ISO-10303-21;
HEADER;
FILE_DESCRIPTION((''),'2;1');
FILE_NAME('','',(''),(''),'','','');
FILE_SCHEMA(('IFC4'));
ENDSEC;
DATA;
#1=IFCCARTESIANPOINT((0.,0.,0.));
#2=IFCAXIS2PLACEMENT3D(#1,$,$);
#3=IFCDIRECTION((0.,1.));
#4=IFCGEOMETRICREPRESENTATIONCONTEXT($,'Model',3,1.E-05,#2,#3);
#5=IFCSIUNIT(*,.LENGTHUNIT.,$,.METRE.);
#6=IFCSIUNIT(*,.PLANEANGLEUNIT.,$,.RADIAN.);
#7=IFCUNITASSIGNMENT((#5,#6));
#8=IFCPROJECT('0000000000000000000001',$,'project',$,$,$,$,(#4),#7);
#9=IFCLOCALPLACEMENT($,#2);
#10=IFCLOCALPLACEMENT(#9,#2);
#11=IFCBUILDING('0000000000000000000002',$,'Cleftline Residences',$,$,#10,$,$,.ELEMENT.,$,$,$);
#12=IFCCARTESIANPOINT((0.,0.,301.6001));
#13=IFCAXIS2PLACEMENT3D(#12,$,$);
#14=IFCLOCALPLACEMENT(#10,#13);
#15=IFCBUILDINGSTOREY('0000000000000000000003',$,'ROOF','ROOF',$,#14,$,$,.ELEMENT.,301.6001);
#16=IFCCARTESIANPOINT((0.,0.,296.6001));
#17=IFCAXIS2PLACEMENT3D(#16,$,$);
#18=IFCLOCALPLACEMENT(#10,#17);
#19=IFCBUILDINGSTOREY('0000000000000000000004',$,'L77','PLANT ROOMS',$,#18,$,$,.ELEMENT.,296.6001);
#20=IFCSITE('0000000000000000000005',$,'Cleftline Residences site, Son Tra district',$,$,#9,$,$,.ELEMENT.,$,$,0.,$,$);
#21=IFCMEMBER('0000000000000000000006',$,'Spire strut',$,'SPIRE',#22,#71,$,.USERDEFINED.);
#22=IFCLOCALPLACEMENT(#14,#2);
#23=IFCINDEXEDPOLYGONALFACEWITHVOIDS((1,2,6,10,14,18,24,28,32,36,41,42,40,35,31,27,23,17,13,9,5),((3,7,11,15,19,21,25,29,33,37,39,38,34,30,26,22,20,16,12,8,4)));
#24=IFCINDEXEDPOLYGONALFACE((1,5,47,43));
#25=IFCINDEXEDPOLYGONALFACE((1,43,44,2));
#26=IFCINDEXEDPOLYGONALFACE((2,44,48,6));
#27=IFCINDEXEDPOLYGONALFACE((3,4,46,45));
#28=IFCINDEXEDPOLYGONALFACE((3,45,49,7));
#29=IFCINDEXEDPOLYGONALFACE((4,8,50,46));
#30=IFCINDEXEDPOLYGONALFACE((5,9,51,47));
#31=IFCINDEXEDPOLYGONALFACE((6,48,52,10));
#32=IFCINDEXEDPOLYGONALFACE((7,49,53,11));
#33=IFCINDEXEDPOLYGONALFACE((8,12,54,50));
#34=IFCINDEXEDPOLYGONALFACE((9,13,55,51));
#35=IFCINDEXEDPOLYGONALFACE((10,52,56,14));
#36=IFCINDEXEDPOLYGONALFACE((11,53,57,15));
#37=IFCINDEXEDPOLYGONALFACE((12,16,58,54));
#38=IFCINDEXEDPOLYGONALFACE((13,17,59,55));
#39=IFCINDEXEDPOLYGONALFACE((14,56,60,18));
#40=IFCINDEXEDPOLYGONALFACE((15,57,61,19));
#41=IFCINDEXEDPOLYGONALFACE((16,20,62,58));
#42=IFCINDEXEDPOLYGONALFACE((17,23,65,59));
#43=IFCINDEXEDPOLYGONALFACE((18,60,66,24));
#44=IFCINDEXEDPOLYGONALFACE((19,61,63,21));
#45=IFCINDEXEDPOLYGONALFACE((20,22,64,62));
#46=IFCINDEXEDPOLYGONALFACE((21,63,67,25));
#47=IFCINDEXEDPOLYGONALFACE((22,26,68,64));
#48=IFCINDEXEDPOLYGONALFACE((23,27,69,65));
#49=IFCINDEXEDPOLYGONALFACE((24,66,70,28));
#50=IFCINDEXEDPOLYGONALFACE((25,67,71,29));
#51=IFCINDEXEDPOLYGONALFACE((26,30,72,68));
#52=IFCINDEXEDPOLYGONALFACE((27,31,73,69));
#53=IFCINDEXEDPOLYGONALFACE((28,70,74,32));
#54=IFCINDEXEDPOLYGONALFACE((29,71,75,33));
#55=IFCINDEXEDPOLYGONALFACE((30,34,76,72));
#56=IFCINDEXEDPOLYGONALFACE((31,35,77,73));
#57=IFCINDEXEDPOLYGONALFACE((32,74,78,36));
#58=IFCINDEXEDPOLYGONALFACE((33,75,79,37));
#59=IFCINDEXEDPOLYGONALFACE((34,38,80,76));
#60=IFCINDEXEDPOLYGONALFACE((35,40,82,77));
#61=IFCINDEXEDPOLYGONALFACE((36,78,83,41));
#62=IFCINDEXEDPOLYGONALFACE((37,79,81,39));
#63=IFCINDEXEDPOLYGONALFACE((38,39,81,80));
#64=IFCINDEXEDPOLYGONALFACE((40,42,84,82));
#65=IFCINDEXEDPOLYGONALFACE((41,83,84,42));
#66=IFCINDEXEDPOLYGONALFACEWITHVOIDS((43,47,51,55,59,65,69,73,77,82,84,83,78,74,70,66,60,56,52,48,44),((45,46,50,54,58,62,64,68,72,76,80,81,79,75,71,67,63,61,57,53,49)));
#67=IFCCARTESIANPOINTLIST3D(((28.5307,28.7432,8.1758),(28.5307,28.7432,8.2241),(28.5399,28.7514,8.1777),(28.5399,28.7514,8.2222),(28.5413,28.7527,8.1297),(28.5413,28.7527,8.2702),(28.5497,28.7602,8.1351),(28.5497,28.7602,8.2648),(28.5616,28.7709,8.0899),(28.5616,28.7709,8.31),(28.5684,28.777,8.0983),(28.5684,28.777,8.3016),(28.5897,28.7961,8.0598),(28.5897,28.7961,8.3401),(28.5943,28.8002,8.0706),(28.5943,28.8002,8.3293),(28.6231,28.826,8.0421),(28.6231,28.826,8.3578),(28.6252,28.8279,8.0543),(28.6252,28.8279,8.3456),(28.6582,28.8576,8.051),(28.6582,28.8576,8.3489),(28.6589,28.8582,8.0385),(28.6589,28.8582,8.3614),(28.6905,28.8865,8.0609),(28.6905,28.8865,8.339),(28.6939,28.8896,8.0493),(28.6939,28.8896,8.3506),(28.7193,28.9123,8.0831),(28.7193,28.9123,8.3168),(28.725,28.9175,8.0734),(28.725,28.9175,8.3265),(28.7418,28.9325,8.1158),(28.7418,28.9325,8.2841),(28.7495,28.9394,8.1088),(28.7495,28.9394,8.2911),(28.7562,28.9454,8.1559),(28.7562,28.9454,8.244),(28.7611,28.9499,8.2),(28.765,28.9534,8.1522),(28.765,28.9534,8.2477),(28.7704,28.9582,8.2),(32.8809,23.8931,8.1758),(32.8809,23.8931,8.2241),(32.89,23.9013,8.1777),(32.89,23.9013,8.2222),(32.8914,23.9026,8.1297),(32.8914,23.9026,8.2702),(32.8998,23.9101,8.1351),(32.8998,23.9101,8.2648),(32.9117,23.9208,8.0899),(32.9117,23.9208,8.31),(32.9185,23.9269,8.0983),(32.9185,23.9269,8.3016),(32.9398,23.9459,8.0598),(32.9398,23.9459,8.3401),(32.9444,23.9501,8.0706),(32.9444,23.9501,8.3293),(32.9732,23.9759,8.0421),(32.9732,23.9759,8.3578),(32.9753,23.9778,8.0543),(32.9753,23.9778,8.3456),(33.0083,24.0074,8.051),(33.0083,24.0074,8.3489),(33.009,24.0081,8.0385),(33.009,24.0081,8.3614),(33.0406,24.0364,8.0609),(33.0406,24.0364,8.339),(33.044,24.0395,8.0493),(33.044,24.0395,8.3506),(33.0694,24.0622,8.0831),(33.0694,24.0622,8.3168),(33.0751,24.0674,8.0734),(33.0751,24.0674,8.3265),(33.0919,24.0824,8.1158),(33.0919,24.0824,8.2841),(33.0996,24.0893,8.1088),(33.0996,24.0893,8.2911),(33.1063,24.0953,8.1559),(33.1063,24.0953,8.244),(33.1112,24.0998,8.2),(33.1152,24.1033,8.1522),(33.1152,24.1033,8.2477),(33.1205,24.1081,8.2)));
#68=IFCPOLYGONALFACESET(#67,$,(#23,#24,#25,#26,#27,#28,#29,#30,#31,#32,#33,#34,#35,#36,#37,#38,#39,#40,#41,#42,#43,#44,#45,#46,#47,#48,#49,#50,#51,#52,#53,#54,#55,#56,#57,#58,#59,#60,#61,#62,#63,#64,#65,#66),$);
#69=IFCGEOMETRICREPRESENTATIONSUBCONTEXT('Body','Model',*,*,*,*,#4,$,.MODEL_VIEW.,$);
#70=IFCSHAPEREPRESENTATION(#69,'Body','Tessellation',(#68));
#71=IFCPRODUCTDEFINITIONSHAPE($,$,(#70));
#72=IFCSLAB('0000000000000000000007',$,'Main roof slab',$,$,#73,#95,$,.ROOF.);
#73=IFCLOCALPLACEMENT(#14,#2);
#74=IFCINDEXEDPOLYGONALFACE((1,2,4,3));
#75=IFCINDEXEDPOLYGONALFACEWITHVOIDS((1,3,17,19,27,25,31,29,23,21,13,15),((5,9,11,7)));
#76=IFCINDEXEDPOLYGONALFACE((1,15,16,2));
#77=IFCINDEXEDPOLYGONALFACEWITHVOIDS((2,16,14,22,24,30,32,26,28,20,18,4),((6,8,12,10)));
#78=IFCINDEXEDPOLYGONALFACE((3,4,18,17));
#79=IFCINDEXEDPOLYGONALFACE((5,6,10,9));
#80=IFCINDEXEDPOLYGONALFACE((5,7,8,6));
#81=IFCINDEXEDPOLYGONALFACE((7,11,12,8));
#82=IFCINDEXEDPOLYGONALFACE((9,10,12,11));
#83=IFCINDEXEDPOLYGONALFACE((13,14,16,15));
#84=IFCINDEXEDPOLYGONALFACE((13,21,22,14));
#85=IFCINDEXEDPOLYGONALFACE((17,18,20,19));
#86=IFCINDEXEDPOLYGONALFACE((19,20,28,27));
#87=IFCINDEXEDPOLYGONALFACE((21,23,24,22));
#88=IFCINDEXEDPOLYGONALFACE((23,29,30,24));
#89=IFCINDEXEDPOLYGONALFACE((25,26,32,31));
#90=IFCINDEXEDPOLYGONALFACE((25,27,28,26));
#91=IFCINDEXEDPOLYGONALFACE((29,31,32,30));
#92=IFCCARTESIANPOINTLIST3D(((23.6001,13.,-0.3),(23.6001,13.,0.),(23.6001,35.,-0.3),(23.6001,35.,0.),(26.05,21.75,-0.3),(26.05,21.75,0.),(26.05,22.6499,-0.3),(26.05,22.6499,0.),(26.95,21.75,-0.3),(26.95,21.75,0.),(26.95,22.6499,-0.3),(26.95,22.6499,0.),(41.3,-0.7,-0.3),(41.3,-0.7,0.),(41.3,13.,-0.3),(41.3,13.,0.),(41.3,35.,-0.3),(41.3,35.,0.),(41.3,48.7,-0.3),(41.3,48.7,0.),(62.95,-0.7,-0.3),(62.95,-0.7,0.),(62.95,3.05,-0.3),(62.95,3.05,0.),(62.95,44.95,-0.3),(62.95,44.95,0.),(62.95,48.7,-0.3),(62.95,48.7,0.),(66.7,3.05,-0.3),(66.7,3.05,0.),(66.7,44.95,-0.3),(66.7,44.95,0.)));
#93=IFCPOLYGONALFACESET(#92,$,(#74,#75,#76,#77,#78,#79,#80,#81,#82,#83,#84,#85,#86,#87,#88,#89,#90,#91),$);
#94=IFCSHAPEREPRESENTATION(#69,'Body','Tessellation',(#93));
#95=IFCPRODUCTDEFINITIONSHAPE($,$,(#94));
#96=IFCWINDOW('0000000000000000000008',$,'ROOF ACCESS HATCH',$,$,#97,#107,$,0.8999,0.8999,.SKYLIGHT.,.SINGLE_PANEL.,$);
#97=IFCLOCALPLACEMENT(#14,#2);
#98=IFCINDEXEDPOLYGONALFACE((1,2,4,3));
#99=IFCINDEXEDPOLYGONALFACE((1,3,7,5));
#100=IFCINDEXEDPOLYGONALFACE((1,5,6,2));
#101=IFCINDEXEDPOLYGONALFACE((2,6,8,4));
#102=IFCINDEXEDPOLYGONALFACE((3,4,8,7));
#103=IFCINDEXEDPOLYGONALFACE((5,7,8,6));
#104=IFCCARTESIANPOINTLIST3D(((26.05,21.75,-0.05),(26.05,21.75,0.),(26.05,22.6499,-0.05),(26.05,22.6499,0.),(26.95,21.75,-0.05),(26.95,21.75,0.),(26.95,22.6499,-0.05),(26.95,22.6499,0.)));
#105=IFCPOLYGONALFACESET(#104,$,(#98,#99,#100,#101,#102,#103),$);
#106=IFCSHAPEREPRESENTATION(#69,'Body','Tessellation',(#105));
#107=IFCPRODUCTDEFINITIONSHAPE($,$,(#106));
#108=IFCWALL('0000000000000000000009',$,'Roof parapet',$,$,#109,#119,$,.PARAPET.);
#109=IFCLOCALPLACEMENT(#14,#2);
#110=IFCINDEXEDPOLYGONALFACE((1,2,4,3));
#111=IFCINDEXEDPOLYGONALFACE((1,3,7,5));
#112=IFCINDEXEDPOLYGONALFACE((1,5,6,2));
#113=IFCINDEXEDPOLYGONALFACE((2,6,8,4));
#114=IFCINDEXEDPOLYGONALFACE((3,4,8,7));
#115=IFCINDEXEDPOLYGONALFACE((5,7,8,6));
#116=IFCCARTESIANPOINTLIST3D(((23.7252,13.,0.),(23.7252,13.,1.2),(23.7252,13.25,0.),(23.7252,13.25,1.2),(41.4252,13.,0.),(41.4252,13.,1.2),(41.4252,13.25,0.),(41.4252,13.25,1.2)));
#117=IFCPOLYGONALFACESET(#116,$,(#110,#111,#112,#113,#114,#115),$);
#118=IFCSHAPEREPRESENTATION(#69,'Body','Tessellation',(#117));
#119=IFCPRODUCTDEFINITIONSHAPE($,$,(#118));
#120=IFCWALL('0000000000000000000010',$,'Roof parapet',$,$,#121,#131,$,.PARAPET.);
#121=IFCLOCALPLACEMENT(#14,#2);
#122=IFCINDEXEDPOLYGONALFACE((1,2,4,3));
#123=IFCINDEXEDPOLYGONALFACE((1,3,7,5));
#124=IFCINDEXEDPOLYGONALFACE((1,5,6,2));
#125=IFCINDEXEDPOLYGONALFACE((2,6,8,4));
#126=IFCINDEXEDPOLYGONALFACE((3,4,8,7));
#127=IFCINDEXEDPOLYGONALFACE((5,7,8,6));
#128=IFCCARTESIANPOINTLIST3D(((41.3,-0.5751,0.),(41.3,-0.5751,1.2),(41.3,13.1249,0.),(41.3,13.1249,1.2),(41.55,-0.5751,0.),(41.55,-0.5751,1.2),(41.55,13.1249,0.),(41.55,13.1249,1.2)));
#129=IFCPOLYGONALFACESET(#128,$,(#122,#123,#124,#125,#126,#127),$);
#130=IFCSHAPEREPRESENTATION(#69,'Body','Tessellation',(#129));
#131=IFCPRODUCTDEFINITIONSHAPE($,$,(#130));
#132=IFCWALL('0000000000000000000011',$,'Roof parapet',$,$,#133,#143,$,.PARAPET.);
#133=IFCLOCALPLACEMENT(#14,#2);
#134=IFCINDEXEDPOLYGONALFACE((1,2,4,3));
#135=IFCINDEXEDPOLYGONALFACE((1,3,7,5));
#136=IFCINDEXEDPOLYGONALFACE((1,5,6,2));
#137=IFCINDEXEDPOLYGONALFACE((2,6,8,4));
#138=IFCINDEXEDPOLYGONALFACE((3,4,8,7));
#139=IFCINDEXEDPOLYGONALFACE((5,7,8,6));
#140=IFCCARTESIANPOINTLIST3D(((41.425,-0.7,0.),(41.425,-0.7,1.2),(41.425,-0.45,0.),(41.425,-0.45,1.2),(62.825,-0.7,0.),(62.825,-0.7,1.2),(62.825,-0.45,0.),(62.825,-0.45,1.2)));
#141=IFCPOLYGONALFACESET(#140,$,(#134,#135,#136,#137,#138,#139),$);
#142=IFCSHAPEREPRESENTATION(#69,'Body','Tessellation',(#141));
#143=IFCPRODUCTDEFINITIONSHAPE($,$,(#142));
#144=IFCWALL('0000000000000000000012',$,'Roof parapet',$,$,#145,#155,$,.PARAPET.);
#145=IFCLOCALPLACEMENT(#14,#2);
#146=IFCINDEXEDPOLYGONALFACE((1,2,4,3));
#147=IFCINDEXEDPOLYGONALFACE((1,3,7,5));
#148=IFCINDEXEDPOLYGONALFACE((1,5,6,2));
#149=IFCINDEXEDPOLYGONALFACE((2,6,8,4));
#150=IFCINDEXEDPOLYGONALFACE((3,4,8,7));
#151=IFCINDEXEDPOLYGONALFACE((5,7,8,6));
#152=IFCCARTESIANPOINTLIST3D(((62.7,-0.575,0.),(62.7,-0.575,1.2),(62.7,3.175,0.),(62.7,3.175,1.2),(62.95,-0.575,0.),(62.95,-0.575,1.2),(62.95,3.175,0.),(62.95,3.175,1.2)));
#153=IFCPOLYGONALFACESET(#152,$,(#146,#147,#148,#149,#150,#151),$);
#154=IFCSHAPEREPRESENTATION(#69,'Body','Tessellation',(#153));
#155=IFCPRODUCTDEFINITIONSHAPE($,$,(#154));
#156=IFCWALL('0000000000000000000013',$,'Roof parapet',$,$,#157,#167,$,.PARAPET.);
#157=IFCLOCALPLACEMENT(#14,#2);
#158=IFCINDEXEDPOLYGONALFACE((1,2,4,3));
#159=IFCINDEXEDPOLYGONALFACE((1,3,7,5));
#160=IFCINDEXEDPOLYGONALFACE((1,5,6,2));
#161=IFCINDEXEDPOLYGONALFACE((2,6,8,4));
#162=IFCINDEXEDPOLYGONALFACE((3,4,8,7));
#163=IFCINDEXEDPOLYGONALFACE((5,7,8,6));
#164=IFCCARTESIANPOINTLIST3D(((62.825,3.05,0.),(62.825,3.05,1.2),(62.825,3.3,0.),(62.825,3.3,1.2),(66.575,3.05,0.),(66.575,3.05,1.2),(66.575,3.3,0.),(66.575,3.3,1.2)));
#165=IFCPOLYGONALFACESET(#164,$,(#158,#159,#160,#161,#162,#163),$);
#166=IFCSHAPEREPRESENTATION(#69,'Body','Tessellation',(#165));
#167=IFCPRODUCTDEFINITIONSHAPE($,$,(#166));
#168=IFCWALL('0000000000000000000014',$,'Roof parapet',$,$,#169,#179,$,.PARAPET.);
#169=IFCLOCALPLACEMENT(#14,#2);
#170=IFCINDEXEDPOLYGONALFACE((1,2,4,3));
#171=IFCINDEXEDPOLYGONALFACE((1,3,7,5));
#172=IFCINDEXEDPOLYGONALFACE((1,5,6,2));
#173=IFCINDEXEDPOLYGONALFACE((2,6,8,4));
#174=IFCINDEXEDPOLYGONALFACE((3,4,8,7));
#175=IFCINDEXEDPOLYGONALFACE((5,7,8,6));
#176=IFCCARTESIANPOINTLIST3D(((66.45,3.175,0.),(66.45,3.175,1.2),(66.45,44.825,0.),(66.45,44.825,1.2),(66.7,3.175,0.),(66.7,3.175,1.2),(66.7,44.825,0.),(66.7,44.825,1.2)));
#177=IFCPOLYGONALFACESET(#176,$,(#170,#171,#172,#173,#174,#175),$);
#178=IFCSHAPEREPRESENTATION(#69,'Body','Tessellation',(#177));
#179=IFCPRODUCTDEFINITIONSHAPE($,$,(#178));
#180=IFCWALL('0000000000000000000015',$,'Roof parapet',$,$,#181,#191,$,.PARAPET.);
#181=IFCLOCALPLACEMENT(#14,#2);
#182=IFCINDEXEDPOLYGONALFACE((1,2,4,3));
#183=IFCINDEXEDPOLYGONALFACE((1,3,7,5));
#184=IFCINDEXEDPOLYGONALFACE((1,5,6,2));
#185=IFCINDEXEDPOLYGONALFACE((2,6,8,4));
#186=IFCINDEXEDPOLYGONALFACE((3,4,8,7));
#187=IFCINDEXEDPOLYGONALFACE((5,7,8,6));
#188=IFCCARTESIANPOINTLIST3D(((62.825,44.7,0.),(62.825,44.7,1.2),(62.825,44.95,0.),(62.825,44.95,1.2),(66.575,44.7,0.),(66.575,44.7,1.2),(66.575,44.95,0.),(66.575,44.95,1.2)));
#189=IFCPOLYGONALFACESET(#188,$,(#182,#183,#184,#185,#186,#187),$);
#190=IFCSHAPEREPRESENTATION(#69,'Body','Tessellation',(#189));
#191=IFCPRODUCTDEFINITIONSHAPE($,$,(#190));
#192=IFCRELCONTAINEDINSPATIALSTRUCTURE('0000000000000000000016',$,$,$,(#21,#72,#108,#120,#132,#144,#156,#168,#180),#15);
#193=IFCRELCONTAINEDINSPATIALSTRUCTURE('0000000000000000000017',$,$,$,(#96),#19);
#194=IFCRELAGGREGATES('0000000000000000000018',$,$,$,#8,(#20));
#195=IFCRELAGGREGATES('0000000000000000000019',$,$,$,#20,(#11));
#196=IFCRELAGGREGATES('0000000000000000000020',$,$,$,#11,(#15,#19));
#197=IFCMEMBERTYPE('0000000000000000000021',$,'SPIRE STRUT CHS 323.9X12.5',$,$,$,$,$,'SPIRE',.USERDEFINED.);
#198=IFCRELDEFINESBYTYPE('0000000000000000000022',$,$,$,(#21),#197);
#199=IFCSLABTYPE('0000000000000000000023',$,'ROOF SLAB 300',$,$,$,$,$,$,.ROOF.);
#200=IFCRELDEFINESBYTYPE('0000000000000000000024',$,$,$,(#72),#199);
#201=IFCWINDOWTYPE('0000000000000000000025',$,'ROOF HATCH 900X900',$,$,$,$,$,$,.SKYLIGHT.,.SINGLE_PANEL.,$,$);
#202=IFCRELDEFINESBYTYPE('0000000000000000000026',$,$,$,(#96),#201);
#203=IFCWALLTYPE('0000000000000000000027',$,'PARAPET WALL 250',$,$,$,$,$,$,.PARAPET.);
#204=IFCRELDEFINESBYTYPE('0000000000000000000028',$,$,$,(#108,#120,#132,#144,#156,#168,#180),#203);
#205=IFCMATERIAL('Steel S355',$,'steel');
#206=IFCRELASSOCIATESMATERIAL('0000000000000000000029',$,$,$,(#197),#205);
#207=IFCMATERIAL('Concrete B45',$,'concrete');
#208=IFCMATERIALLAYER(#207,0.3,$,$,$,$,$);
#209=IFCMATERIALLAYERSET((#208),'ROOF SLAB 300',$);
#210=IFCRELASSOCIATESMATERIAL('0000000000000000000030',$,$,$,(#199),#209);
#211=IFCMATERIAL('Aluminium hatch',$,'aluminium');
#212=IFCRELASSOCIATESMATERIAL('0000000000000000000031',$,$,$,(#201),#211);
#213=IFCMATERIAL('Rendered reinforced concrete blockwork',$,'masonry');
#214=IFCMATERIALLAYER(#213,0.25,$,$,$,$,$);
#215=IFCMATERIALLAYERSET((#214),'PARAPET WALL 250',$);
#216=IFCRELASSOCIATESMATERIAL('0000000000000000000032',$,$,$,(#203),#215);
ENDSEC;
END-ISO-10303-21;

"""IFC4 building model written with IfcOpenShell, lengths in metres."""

from ifc_helpers import new_model, si_unit, direction, frame, frame_2d, origin, origin_2d, place, context, subcontext, project, spatial, polyline, rectangle, hollow_circle, outline, extrude, material, layer, layer_set, material_profile, profile_set, type_object, element, fill, save


model = new_model("IFC4")

# Units and contexts
model_context = context("Model", 3, precision=1e-05, world=origin(), true_north=direction((0.0, 1.0)))
body_context = subcontext(model_context, "Body", "Model", "MODEL_VIEW")
ifc_project = project(units=[si_unit("LENGTHUNIT", "METRE"), si_unit("PLANEANGLEUNIT", "RADIAN")], contexts=[model_context])

# Site, building, storey
site_placement = place(None, origin())
site = spatial("IfcSite", under=ifc_project, at=site_placement, Name="Cleftline Residences site, Son Tra district", CompositionType="ELEMENT", RefElevation=0.0)
building_placement = place(site_placement, origin())
building = spatial("IfcBuilding", under=site, at=building_placement, Name="Cleftline Residences", CompositionType="ELEMENT")
storey_1_placement = place(building_placement, frame((0.0, 0.0, 301.6001)))
storey_1 = spatial("IfcBuildingStorey", under=building, at=storey_1_placement, Name="ROOF", Description="ROOF", CompositionType="ELEMENT", Elevation=301.6001)

# Member
ifc_material_1 = material(Name="Steel S355", Category="steel")
ifc_material_profile_1 = material_profile(ifc_material_1, hollow_circle(Radius=0.1619, WallThickness=0.0125, at=origin_2d()))
ifc_profile_set_1 = profile_set([ifc_material_profile_1], Name="Steel S355")
member_type_1 = type_object("IfcMemberType", Name="SPIRE STRUT CHS 323.9X12.5", ElementType="SPIRE", PredefinedType="USERDEFINED", material=ifc_profile_set_1)
for number, where, z_axis, x_axis, name in (
    (1, (28.6499, 28.8501, 8.2), (0.667693, -0.744437, 0.0), (0.744437, 0.667693, 0.0), "Spire strut"),
):
    element("IfcMember", number, at=place(storey_1_placement, frame(where, z_axis=z_axis, x_axis=x_axis)), inside=storey_1, type_object=member_type_1, Name=name, ObjectType="SPIRE", PredefinedType="USERDEFINED", context=body_context, shape_type="SweptSolid", body=[
        extrude(hollow_circle(Radius=0.1619, WallThickness=0.0125, at=origin_2d()), origin(), (0.0, 0.0, 1.0), 6.5151),
    ])

# Slab, opening
ifc_material_2 = material(Name="Concrete B45", Category="concrete")
ifc_layer_1 = layer(ifc_material_2, 0.3)
ifc_layer_set_1 = layer_set([ifc_layer_1], Name="ROOF SLAB 300")
slab_type = type_object("IfcSlabType", Name="ROOF SLAB 300", PredefinedType="ROOF", material=ifc_layer_set_1)
slab_placement = place(storey_1_placement, frame((0.0, 0.0, -0.3)))
slab = element("IfcSlab", 2, at=slab_placement, inside=storey_1, type_object=slab_type, Name="Main roof slab", PredefinedType="ROOF", context=body_context, shape_type="SweptSolid", body=[
    extrude(outline(polyline([(41.3, 13.0), (41.3, -0.7), (62.95, -0.7), (62.95, 3.05), (66.7, 3.05), (66.7, 44.95), (62.95, 44.95), (62.95, 48.7), (41.3, 48.7), (41.3, 35.0), (23.6001, 35.0), (23.6001, 13.0), (41.3, 13.0)])), origin(), (0.0, 0.0, 1.0), 0.3),
])
opening_placement = place(slab_placement, frame((26.5, 22.2, 0.0)))
opening = element("IfcOpeningElement", 3, at=opening_placement, cuts=slab, PredefinedType="OPENING", context=body_context, shape_type="SweptSolid", body=[
    extrude(rectangle(XDim=0.8999, YDim=0.8999, at=origin_2d()), origin(), (0.0, 0.0, 1.0), 0.3),
])

# Shared definitions
storey_2_placement = place(building_placement, frame((0.0, 0.0, 296.6001)))
storey_2 = spatial("IfcBuildingStorey", under=building, at=storey_2_placement, Name="L77", Description="PLANT ROOMS", CompositionType="ELEMENT", Elevation=296.6001)

# Window
ifc_material_3 = material(Name="Aluminium hatch", Category="aluminium")
window_type = type_object("IfcWindowType", Name="ROOF HATCH 900X900", PartitioningType="SINGLE_PANEL", PredefinedType="SKYLIGHT", material=ifc_material_3)
window_placement = place(opening_placement, frame((0.0, 0.0, 0.25)))
window = element("IfcWindow", 4, at=window_placement, inside=storey_2, type_object=window_type, Name="ROOF ACCESS HATCH", OverallHeight=0.8999, OverallWidth=0.8999, PartitioningType="SINGLE_PANEL", PredefinedType="SKYLIGHT", context=body_context, shape_type="SweptSolid", body=[
    extrude(rectangle(XDim=0.8999, YDim=0.8999, at=origin_2d()), origin(), (0.0, 0.0, 1.0), 0.05),
])
fill(opening, window)

# Walls
ifc_material_4 = material(Name="Rendered reinforced concrete blockwork", Category="masonry")
ifc_layer_2 = layer(ifc_material_4, 0.25)
ifc_layer_set_2 = layer_set([ifc_layer_2], Name="PARAPET WALL 250")
wall_type = type_object("IfcWallType", Name="PARAPET WALL 250", PredefinedType="PARAPET", material=ifc_layer_set_2)
wall_1_placement = place(storey_1_placement, frame((23.7251, 13.125, 0.0), z_axis=(0.0, 0.0, 1.0), x_axis=(1.0, 0.0, 0.0)))
element("IfcWall", 5, at=wall_1_placement, inside=storey_1, type_object=wall_type, Name="Roof parapet", PredefinedType="PARAPET", context=body_context, shape_type="SweptSolid", body=[
    extrude(rectangle(XDim=17.7, YDim=0.25, at=frame_2d((8.8501, 0.0))), origin(), (0.0, 0.0, 1.0), 1.2),
])
wall_2_placement = place(storey_1_placement, frame((41.425, 13.125, 0.0), z_axis=(0.0, 0.0, 1.0), x_axis=(0.0, -1.0, 0.0)))
element("IfcWall", 6, at=wall_2_placement, inside=storey_1, type_object=wall_type, Name="Roof parapet", PredefinedType="PARAPET", context=body_context, shape_type="SweptSolid", body=[
    extrude(rectangle(XDim=13.7, YDim=0.25, at=frame_2d((6.8501, 0.0))), origin(), (0.0, 0.0, 1.0), 1.2),
])
wall_3_placement = place(storey_1_placement, frame((41.425, -0.575, 0.0), z_axis=(0.0, 0.0, 1.0), x_axis=(1.0, 0.0, 0.0)))
element("IfcWall", 7, at=wall_3_placement, inside=storey_1, type_object=wall_type, Name="Roof parapet", PredefinedType="PARAPET", context=body_context, shape_type="SweptSolid", body=[
    extrude(rectangle(XDim=21.3999, YDim=0.25, at=frame_2d((10.7, 0.0))), origin(), (0.0, 0.0, 1.0), 1.2),
])
for number, where, z_axis, x_axis, name in (
    (8, (62.825, -0.575, 0.0), (0.0, 0.0, 1.0), (0.0, 1.0, 0.0), "Roof parapet"),
    (9, (62.825, 3.175, 0.0), (0.0, 0.0, 1.0), (1.0, 0.0, 0.0), "Roof parapet"),
):
    element("IfcWall", number, at=place(storey_1_placement, frame(where, z_axis=z_axis, x_axis=x_axis)), inside=storey_1, type_object=wall_type, Name=name, PredefinedType="PARAPET", context=body_context, shape_type="SweptSolid", body=[
        extrude(rectangle(XDim=3.75, YDim=0.25, at=frame_2d((1.875, 0.0))), origin(), (0.0, 0.0, 1.0), 1.2),
    ])
wall_4_placement = place(storey_1_placement, frame((66.575, 3.175, 0.0), z_axis=(0.0, 0.0, 1.0), x_axis=(0.0, 1.0, 0.0)))
element("IfcWall", 10, at=wall_4_placement, inside=storey_1, type_object=wall_type, Name="Roof parapet", PredefinedType="PARAPET", context=body_context, shape_type="SweptSolid", body=[
    extrude(rectangle(XDim=41.6499, YDim=0.25, at=frame_2d((20.825, 0.0))), origin(), (0.0, 0.0, 1.0), 1.2),
])
for number, where, z_axis, x_axis, name in (
    (11, (66.575, 44.825, 0.0), (0.0, 0.0, 1.0), (-1.0, 0.0, 0.0), "Roof parapet"),
):
    element("IfcWall", number, at=place(storey_1_placement, frame(where, z_axis=z_axis, x_axis=x_axis)), inside=storey_1, type_object=wall_type, Name=name, PredefinedType="PARAPET", context=body_context, shape_type="SweptSolid", body=[
        extrude(rectangle(XDim=3.75, YDim=0.25, at=frame_2d((1.875, 0.0))), origin(), (0.0, 0.0, 1.0), 1.2),
    ])

save(model, "model.ifc")
